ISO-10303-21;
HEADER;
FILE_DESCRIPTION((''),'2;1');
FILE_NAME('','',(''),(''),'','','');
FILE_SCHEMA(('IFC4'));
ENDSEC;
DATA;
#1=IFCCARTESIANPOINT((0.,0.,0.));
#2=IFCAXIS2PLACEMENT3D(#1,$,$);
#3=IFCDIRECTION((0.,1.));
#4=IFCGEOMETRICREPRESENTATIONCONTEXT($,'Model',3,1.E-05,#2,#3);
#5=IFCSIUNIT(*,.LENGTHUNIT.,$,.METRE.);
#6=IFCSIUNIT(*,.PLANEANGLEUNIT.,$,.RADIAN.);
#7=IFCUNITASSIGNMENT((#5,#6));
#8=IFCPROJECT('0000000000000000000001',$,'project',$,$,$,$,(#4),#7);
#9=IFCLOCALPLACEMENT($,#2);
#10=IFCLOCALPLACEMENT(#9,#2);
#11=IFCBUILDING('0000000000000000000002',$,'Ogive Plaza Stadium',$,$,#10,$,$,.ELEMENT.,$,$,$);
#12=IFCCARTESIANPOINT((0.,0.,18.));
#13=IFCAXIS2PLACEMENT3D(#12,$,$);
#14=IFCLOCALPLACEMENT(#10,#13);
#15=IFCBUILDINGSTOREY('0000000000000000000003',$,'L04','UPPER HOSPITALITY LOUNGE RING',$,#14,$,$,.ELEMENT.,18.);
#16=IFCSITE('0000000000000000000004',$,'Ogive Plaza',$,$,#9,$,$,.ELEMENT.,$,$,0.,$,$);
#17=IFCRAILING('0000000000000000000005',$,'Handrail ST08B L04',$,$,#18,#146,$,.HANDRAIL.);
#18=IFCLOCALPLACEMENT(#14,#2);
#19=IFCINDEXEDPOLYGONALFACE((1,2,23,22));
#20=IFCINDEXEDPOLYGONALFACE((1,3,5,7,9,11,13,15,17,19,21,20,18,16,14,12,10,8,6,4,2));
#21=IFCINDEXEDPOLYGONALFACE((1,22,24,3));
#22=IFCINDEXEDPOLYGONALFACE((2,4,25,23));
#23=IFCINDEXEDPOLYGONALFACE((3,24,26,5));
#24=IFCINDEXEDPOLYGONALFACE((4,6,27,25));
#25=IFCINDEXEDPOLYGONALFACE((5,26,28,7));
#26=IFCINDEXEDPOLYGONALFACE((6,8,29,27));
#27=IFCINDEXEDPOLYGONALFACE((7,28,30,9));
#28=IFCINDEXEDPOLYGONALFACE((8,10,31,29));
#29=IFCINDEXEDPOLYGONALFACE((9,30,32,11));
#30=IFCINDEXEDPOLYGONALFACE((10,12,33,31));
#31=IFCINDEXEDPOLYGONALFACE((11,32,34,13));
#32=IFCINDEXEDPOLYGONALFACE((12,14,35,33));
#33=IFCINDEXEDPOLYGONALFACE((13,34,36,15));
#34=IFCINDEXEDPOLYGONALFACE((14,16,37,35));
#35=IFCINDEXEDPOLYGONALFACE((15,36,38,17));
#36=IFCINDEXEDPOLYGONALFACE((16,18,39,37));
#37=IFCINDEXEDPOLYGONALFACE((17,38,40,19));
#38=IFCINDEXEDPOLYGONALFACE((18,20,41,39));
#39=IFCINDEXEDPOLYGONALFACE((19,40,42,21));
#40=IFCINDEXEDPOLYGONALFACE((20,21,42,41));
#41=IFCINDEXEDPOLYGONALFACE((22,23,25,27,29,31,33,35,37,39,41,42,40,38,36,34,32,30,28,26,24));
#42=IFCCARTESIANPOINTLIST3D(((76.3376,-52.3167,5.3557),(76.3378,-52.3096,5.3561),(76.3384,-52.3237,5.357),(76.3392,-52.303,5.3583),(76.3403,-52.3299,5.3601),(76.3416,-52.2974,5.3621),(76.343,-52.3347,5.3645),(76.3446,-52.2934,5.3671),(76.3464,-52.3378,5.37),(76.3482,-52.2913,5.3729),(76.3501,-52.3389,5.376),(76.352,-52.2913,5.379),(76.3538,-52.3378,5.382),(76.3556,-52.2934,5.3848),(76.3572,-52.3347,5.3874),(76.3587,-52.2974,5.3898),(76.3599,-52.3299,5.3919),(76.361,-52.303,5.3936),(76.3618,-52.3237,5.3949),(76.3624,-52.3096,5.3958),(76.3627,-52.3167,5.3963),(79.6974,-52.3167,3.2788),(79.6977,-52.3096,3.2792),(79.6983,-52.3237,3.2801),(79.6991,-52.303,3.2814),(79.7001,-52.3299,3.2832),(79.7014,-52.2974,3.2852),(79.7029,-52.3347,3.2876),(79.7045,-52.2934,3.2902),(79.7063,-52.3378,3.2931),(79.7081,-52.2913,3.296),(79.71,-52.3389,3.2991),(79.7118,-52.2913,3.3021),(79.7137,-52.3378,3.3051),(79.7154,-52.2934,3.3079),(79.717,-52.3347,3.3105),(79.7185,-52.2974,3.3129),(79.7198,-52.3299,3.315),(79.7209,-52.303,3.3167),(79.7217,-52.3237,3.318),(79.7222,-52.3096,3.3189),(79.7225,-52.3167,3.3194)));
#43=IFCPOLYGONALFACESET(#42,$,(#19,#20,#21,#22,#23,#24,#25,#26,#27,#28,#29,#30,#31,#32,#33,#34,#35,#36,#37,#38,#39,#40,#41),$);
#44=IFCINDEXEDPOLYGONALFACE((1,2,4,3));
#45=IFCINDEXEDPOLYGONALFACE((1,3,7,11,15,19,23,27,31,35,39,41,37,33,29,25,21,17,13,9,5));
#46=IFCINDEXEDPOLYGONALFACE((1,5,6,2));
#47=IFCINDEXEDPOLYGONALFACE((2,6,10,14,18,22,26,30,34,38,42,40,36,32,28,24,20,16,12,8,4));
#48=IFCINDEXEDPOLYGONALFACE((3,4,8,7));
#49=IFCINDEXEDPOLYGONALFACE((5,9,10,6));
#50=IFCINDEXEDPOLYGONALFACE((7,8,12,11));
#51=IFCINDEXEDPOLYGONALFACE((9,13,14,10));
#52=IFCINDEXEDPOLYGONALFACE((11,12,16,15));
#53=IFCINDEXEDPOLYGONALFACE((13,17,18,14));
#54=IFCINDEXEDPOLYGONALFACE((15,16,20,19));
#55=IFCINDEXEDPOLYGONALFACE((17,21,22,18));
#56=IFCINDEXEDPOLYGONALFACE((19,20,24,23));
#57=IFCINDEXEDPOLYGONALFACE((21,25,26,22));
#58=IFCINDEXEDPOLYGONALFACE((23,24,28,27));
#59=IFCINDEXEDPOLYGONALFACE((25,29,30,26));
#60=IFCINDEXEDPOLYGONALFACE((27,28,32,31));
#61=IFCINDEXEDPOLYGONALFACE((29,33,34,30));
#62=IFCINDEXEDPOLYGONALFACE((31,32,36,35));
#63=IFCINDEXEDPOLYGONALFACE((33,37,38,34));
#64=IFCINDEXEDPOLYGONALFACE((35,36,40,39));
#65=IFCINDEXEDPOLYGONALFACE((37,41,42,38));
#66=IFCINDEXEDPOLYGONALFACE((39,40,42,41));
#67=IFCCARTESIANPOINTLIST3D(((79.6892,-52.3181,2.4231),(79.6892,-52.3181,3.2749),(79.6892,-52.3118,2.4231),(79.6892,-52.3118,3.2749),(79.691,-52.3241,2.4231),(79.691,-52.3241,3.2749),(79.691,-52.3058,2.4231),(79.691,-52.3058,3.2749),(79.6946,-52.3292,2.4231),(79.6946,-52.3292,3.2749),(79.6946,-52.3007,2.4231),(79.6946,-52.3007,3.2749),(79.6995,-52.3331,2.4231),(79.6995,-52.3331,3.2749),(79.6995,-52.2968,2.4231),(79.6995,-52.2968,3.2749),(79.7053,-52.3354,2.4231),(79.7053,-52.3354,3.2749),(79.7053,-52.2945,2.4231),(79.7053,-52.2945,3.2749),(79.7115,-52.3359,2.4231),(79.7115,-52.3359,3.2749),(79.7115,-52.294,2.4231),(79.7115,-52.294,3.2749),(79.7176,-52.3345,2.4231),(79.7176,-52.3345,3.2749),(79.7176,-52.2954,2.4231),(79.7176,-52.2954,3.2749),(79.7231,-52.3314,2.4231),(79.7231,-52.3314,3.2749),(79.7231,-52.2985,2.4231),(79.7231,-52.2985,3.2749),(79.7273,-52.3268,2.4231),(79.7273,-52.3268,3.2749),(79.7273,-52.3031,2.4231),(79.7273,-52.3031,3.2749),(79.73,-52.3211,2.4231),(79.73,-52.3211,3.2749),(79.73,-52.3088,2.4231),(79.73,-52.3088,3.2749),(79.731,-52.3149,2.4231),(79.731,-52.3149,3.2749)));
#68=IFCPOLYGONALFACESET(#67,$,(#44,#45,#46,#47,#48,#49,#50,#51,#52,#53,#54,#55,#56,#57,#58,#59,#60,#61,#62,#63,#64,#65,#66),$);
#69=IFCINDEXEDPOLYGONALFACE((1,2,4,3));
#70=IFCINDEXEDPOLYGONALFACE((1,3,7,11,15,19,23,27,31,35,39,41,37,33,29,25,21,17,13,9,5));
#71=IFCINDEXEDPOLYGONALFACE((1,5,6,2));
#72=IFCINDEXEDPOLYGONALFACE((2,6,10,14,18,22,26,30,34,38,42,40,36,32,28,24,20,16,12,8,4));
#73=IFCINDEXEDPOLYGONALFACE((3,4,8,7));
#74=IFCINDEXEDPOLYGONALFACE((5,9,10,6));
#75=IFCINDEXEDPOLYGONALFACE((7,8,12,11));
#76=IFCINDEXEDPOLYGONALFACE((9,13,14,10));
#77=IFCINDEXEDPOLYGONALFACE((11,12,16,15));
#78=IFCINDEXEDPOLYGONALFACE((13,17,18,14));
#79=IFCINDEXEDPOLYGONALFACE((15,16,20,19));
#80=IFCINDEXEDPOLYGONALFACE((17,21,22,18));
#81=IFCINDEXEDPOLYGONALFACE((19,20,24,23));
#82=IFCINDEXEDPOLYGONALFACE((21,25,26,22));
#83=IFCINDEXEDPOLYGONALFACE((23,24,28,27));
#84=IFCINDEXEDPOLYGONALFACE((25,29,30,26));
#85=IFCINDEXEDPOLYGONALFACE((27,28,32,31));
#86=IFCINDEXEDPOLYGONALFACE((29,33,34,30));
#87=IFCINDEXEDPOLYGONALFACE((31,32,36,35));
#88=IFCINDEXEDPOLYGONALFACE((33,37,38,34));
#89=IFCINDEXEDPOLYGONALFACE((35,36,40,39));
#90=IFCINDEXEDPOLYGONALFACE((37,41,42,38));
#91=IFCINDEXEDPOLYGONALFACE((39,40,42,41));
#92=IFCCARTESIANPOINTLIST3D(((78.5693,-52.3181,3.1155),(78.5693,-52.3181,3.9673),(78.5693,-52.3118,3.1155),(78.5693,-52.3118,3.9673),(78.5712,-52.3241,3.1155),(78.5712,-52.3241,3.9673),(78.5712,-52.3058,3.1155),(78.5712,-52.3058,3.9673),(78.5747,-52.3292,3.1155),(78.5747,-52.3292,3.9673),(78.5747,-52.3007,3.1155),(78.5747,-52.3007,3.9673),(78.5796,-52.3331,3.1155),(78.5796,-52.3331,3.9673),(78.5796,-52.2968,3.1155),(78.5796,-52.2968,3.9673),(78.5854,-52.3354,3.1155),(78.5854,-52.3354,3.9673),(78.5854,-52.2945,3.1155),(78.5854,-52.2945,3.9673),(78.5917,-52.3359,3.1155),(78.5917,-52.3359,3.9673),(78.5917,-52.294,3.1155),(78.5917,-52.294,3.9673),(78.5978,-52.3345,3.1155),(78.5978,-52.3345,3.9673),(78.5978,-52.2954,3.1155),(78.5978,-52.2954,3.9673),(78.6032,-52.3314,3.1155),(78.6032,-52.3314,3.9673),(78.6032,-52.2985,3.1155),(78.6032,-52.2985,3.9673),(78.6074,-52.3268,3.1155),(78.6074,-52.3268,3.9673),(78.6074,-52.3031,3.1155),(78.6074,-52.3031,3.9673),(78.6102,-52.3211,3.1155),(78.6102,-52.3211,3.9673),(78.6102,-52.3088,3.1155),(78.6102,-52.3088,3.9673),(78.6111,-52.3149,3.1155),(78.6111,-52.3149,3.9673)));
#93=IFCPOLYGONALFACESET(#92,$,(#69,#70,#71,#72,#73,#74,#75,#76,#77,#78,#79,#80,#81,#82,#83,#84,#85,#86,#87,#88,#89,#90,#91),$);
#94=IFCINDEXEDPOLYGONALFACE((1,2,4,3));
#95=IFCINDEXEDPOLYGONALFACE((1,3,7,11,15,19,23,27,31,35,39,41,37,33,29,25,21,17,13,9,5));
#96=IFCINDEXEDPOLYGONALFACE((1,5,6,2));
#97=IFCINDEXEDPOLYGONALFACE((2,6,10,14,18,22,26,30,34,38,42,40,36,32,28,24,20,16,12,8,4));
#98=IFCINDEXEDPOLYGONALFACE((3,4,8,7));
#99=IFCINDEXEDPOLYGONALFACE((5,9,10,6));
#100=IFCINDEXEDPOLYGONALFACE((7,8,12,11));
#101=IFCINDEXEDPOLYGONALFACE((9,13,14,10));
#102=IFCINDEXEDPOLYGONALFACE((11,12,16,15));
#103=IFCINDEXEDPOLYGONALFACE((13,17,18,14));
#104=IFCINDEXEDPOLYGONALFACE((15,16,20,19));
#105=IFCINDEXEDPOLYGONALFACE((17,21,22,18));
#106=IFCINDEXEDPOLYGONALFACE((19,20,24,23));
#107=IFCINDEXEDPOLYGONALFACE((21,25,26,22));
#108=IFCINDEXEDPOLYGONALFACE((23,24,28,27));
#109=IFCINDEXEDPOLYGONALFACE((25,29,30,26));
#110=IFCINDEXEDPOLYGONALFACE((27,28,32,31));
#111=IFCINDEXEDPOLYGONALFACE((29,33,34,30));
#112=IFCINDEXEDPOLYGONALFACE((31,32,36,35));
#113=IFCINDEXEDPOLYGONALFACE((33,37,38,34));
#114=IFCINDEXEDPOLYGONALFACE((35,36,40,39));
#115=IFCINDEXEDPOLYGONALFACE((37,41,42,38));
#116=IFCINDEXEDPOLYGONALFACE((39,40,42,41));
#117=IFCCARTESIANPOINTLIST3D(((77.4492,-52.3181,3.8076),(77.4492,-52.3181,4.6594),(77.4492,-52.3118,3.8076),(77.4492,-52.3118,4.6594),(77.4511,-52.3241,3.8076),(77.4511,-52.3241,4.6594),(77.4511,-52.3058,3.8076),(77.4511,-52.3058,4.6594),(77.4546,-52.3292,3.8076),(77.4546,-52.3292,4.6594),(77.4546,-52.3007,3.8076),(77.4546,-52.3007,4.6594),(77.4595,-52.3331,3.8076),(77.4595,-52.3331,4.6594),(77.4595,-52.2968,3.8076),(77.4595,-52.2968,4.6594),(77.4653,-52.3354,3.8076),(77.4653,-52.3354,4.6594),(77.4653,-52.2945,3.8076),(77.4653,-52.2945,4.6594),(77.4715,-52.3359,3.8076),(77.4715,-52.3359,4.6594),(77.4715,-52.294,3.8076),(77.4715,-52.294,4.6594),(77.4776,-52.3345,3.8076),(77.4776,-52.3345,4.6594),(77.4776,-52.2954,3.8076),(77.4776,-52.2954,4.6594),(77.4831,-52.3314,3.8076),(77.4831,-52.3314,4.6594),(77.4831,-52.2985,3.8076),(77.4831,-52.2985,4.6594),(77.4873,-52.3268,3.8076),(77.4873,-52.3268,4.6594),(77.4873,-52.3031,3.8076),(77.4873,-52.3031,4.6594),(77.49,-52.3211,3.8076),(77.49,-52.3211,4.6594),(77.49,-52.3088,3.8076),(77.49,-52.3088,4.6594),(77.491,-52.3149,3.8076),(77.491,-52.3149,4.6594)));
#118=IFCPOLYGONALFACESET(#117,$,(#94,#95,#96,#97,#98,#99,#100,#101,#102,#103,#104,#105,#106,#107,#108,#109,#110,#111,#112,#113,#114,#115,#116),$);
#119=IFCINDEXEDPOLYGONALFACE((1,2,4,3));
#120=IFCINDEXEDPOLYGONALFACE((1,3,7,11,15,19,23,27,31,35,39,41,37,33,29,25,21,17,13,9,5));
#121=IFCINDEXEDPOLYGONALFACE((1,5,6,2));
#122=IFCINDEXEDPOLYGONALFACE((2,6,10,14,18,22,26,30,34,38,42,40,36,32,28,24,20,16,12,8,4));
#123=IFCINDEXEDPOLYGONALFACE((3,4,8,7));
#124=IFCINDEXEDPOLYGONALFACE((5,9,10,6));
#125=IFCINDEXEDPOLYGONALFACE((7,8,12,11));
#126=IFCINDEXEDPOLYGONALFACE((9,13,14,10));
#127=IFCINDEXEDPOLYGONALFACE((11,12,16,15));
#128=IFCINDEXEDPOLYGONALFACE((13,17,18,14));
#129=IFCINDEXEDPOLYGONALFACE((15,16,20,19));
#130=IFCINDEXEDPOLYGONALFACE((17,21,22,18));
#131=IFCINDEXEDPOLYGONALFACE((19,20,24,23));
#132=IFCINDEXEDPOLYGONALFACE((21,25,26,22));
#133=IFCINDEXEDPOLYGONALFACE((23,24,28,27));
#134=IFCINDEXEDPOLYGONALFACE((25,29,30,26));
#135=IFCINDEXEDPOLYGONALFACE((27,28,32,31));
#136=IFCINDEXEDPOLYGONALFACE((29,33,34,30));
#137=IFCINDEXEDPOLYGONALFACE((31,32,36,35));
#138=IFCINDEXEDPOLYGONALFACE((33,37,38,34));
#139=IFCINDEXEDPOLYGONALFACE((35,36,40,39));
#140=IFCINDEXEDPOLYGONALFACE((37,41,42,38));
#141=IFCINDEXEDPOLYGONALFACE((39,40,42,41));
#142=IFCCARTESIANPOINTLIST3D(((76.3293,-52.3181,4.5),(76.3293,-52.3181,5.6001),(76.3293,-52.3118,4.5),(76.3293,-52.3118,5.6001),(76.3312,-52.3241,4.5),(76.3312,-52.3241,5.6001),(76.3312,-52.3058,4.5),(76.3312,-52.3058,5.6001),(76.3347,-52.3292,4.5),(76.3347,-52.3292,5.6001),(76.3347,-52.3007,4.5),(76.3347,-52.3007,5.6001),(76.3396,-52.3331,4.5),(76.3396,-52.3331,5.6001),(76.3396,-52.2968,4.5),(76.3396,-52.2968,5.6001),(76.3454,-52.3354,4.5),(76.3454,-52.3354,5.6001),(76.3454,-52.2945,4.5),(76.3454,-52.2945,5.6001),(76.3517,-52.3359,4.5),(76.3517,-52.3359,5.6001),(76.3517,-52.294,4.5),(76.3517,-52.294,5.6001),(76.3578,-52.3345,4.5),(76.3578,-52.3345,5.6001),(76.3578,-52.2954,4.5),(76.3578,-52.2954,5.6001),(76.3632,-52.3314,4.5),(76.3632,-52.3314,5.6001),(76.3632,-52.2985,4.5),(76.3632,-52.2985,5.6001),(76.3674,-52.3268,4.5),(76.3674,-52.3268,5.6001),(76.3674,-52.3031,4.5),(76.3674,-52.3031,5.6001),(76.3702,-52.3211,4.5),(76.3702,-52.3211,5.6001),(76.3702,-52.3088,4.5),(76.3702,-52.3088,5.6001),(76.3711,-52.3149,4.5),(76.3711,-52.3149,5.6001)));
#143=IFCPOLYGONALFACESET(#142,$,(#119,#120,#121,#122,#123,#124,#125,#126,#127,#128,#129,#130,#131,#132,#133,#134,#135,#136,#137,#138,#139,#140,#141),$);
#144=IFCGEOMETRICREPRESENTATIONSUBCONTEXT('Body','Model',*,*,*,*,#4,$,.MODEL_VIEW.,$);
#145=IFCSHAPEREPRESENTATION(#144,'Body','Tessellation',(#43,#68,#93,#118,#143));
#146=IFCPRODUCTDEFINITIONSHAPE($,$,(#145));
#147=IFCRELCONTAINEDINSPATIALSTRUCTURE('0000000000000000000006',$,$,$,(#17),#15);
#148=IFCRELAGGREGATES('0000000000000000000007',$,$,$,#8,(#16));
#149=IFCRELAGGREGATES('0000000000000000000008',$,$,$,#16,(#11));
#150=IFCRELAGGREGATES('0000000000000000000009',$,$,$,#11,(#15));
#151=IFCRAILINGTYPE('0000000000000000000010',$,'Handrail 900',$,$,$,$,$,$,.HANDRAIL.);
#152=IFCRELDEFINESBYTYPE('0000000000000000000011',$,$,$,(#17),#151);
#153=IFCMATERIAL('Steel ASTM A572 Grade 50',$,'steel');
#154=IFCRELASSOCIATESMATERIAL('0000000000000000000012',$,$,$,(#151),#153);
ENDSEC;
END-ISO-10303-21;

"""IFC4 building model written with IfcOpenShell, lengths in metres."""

from ifc_helpers import new_model, si_unit, direction, frame, origin, origin_2d, place, context, subcontext, project, spatial, circle, extrude, material, type_object, element, save


model = new_model("IFC4")

# Units and contexts
model_context = context("Model", 3, precision=1e-05, world=origin(), true_north=direction((0.0, 1.0)))
body_context = subcontext(model_context, "Body", "Model", "MODEL_VIEW")
ifc_project = project(units=[si_unit("LENGTHUNIT", "METRE"), si_unit("PLANEANGLEUNIT", "RADIAN")], contexts=[model_context])

# Site, building, storey
site_placement = place(None, origin())
site = spatial("IfcSite", under=ifc_project, at=site_placement, Name="Ogive Plaza", CompositionType="ELEMENT", RefElevation=0.0)
building_placement = place(site_placement, origin())
building = spatial("IfcBuilding", under=site, at=building_placement, Name="Ogive Plaza Stadium", CompositionType="ELEMENT")
storey_placement = place(building_placement, frame((0.0, 0.0, 18.0)))
storey = spatial("IfcBuildingStorey", under=building, at=storey_placement, Name="L04", Description="UPPER HOSPITALITY LOUNGE RING", CompositionType="ELEMENT", Elevation=18.0)

# Railing
ifc_material_1 = material(Name="Steel ASTM A572 Grade 50", Category="steel")
railing_type = type_object("IfcRailingType", Name="Handrail 900", PredefinedType="HANDRAIL", material=ifc_material_1)
for number, where, name in (
    (1, (79.71, -52.3149, 2.4231), "Handrail ST08B L04"),
):
    element("IfcRailing", number, at=place(storey_placement, frame(where)), inside=storey, type_object=railing_type, Name=name, PredefinedType="HANDRAIL", context=body_context, shape_type="SweptSolid", body=[
        extrude(circle(Radius=0.0239, at=origin_2d()), frame((0.0, 0.0, 0.876), z_axis=(-0.850606, 0.0, 0.525803), x_axis=(0.0, -1.0, 0.0)), (0.0, 0.0, 1.0), 3.95),
        extrude(circle(Radius=0.021, at=origin_2d()), origin(), (0.0, 0.0, 1.0), 0.8518),
        extrude(circle(Radius=0.021, at=origin_2d()), frame((-1.1199, 0.0, 0.6924)), (0.0, 0.0, 1.0), 0.8518),
        extrude(circle(Radius=0.021, at=origin_2d()), frame((-2.24, 0.0, 1.3845)), (0.0, 0.0, 1.0), 0.8518),
        extrude(circle(Radius=0.021, at=origin_2d()), frame((-3.3599, 0.0, 2.0769)), (0.0, 0.0, 1.0), 1.1001),
    ])

save(model, "model.ifc")
